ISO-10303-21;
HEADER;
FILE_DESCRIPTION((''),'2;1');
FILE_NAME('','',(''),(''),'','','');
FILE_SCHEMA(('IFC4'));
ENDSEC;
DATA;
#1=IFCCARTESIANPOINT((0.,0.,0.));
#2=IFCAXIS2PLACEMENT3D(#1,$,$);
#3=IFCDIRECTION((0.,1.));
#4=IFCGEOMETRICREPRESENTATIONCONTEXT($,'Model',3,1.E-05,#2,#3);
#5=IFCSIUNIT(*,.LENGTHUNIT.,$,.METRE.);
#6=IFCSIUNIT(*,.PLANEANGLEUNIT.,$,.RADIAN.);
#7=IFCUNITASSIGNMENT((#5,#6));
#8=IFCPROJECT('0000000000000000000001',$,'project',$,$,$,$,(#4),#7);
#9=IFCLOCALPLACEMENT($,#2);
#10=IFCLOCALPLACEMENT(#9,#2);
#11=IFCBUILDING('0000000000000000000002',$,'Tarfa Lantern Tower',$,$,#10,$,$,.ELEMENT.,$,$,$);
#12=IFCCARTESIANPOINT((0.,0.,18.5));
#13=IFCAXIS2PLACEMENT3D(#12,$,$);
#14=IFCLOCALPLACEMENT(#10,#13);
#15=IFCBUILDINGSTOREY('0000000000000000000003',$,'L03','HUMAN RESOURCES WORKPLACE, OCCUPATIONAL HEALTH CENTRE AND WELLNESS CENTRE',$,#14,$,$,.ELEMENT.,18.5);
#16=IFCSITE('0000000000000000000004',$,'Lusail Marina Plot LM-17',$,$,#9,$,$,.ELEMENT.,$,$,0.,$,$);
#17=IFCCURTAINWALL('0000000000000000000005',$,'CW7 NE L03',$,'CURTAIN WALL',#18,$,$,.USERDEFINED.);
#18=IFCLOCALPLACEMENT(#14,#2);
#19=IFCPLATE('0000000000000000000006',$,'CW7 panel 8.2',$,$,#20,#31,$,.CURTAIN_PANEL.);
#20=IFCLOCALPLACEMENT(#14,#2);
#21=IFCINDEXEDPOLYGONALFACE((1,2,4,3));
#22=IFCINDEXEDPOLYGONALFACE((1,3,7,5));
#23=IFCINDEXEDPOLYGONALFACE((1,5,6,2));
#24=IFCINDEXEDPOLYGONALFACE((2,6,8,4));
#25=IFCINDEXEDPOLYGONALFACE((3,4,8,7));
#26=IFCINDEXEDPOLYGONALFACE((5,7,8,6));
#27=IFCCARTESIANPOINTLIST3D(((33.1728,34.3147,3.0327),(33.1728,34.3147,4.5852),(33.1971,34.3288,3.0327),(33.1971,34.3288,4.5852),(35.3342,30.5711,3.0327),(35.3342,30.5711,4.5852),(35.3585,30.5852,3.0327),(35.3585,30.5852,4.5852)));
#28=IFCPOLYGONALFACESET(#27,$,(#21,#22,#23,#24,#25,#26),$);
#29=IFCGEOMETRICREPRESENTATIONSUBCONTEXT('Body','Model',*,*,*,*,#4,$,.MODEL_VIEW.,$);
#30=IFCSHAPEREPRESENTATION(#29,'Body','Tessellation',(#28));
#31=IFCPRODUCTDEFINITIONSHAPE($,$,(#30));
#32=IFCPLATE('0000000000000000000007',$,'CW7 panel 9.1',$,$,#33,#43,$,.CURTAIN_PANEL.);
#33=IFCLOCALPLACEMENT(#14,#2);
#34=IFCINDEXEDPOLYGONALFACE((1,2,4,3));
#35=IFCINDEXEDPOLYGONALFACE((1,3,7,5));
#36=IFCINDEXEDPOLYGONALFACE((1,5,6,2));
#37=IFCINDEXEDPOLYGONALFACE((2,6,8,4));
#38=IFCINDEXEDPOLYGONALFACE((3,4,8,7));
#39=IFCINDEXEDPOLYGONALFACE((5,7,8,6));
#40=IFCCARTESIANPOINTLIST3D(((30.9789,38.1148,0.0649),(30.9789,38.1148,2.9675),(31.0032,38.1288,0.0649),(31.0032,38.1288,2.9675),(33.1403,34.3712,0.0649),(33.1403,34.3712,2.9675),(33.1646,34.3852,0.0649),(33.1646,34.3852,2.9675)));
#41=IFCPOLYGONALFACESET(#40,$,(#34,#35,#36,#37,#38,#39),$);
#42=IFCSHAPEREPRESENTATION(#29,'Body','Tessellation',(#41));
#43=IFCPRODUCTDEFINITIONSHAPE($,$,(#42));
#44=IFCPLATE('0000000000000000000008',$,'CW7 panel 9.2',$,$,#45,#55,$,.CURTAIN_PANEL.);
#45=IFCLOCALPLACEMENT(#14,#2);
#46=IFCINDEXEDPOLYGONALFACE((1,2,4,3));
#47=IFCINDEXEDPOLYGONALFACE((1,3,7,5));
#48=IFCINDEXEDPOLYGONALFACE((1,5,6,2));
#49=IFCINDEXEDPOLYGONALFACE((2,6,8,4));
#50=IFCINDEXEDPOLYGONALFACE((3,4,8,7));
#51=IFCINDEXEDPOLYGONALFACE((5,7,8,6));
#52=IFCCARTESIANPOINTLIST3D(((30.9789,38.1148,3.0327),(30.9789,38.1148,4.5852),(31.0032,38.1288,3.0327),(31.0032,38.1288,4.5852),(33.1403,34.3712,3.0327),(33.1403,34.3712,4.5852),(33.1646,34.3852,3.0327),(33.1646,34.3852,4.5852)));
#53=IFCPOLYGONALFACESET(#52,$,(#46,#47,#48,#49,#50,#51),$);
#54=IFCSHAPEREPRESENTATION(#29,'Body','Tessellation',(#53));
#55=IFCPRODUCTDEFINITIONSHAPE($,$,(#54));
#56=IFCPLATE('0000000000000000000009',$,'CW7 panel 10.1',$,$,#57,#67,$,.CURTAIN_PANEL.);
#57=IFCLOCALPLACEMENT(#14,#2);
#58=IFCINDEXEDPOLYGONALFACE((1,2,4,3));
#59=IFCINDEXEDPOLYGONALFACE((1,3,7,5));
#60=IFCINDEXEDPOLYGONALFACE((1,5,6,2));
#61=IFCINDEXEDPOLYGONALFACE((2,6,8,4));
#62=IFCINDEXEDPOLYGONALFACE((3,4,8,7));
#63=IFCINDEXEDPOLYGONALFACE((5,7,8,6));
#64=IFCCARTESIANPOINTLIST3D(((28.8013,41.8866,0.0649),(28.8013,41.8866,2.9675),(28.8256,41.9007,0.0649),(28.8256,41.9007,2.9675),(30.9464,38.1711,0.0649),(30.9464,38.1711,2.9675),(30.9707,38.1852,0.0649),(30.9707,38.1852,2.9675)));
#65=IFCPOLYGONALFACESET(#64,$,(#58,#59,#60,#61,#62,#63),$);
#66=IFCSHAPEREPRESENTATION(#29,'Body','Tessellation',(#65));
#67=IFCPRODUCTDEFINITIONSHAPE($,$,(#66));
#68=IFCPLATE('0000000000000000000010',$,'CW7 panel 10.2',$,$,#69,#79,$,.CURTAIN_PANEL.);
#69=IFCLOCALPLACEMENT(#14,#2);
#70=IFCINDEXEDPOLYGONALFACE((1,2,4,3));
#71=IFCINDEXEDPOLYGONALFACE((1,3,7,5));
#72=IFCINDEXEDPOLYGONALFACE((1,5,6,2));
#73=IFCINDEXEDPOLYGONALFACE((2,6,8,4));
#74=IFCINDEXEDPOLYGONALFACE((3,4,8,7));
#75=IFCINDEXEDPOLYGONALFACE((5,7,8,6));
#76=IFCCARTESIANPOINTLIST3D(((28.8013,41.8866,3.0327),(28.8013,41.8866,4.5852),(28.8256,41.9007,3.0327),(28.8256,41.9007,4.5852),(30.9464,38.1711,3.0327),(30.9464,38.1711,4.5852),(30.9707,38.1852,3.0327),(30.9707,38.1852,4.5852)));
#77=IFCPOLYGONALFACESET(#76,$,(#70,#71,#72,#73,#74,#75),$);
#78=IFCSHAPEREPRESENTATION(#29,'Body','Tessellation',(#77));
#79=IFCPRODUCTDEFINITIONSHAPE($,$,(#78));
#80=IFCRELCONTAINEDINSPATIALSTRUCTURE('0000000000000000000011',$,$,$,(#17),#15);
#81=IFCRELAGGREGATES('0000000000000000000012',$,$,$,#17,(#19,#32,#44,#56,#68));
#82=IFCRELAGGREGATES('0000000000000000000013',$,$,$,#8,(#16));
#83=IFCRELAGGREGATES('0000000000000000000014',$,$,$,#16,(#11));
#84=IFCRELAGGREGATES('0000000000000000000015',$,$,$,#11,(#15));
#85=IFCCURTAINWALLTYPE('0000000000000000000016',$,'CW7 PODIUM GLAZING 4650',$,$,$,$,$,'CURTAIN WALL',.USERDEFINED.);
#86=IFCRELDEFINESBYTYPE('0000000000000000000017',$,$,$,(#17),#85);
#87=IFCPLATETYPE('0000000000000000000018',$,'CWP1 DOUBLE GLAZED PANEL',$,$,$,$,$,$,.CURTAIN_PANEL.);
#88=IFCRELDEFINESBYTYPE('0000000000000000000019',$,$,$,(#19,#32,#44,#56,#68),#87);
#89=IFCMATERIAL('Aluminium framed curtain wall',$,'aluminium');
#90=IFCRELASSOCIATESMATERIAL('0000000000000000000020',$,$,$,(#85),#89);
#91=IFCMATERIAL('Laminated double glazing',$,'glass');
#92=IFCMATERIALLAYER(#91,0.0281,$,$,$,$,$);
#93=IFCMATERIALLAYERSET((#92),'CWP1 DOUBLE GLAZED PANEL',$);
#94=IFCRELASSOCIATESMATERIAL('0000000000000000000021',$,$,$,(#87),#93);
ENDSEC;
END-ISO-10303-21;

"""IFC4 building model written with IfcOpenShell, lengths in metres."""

from ifc_helpers import new_model, si_unit, direction, frame, origin, origin_2d, place, context, subcontext, project, spatial, rectangle, extrude, material, layer, layer_set, type_object, element, aggregate, save


model = new_model("IFC4")

# Units and contexts
model_context = context("Model", 3, precision=1e-05, world=origin(), true_north=direction((0.0, 1.0)))
body_context = subcontext(model_context, "Body", "Model", "MODEL_VIEW")
ifc_project = project(units=[si_unit("LENGTHUNIT", "METRE"), si_unit("PLANEANGLEUNIT", "RADIAN")], contexts=[model_context])

# Site, building, storey
site_placement = place(None, origin())
site = spatial("IfcSite", under=ifc_project, at=site_placement, Name="Lusail Marina Plot LM-17", CompositionType="ELEMENT", RefElevation=0.0)
building_placement = place(site_placement, origin())
building = spatial("IfcBuilding", under=site, at=building_placement, Name="Tarfa Lantern Tower", CompositionType="ELEMENT")
storey_placement = place(building_placement, frame((0.0, 0.0, 18.5)))
storey = spatial("IfcBuildingStorey", under=building, at=storey_placement, Name="L03", Description="HUMAN RESOURCES WORKPLACE, OCCUPATIONAL HEALTH CENTRE AND WELLNESS CENTRE", CompositionType="ELEMENT", Elevation=18.5)

# Curtain wall
ifc_material_1 = material(Name="Aluminium framed curtain wall", Category="aluminium")
curtain_wall_type = type_object("IfcCurtainWallType", Name="CW7 PODIUM GLAZING 4650", ElementType="CURTAIN WALL", PredefinedType="USERDEFINED", material=ifc_material_1)
curtain_wall_1_placement = place(storey_placement, origin())
curtain_wall_1 = element("IfcCurtainWall", 1, at=curtain_wall_1_placement, inside=storey, type_object=curtain_wall_type, Name="CW7 NE L03", ObjectType="CURTAIN WALL", PredefinedType="USERDEFINED")

# Plates
ifc_material_2 = material(Name="Laminated double glazing", Category="glass")
ifc_layer = layer(ifc_material_2, 0.0281)
ifc_layer_set = layer_set([ifc_layer], Name="CWP1 DOUBLE GLAZED PANEL")
plate_type = type_object("IfcPlateType", Name="CWP1 DOUBLE GLAZED PANEL", PredefinedType="CURTAIN_PANEL", material=ifc_layer_set)
plate_1_placement = place(storey_placement, frame((34.2656, 32.45, 3.0327), z_axis=(0.0, 0.0, 1.0), x_axis=(-0.5, 0.866025, 0.0)))
plate_1 = element("IfcPlate", 2, at=plate_1_placement, type_object=plate_type, Name="CW7 panel 8.2", PredefinedType="CURTAIN_PANEL", context=body_context, shape_type="SweptSolid", body=[
    extrude(rectangle(XDim=4.3228, YDim=0.0281, at=origin_2d()), origin(), (0.0, 0.0, 1.0), 1.5525),
])
plate_2_placement = place(storey_placement, frame((32.0718, 36.25, 0.0649), z_axis=(0.0, 0.0, 1.0), x_axis=(-0.5, 0.866025, 0.0)))
plate_2 = element("IfcPlate", 3, at=plate_2_placement, type_object=plate_type, Name="CW7 panel 9.1", PredefinedType="CURTAIN_PANEL", context=body_context, shape_type="SweptSolid", body=[
    extrude(rectangle(XDim=4.3228, YDim=0.0281, at=origin_2d()), origin(), (0.0, 0.0, 1.0), 2.9026),
])
plate_3_placement = place(storey_placement, frame((32.0718, 36.25, 3.0327), z_axis=(0.0, 0.0, 1.0), x_axis=(-0.5, 0.866025, 0.0)))
plate_3 = element("IfcPlate", 4, at=plate_3_placement, type_object=plate_type, Name="CW7 panel 9.2", PredefinedType="CURTAIN_PANEL", context=body_context, shape_type="SweptSolid", body=[
    extrude(rectangle(XDim=4.3228, YDim=0.0281, at=origin_2d()), origin(), (0.0, 0.0, 1.0), 1.5525),
])
plate_4_placement = place(storey_placement, frame((29.886, 40.0359, 0.0649), z_axis=(0.0, 0.0, 1.0), x_axis=(-0.5, 0.866025, 0.0)))
plate_4 = element("IfcPlate", 5, at=plate_4_placement, type_object=plate_type, Name="CW7 panel 10.1", PredefinedType="CURTAIN_PANEL", context=body_context, shape_type="SweptSolid", body=[
    extrude(rectangle(XDim=4.2903, YDim=0.0281, at=origin_2d()), origin(), (0.0, 0.0, 1.0), 2.9026),
])
plate_5_placement = place(storey_placement, frame((29.886, 40.0359, 3.0327), z_axis=(0.0, 0.0, 1.0), x_axis=(-0.5, 0.866025, 0.0)))
plate_5 = element("IfcPlate", 6, at=plate_5_placement, type_object=plate_type, Name="CW7 panel 10.2", PredefinedType="CURTAIN_PANEL", context=body_context, shape_type="SweptSolid", body=[
    extrude(rectangle(XDim=4.2903, YDim=0.0281, at=origin_2d()), origin(), (0.0, 0.0, 1.0), 1.5525),
])
aggregate(curtain_wall_1, [plate_1, plate_2, plate_3, plate_4, plate_5])

save(model, "model.ifc")
